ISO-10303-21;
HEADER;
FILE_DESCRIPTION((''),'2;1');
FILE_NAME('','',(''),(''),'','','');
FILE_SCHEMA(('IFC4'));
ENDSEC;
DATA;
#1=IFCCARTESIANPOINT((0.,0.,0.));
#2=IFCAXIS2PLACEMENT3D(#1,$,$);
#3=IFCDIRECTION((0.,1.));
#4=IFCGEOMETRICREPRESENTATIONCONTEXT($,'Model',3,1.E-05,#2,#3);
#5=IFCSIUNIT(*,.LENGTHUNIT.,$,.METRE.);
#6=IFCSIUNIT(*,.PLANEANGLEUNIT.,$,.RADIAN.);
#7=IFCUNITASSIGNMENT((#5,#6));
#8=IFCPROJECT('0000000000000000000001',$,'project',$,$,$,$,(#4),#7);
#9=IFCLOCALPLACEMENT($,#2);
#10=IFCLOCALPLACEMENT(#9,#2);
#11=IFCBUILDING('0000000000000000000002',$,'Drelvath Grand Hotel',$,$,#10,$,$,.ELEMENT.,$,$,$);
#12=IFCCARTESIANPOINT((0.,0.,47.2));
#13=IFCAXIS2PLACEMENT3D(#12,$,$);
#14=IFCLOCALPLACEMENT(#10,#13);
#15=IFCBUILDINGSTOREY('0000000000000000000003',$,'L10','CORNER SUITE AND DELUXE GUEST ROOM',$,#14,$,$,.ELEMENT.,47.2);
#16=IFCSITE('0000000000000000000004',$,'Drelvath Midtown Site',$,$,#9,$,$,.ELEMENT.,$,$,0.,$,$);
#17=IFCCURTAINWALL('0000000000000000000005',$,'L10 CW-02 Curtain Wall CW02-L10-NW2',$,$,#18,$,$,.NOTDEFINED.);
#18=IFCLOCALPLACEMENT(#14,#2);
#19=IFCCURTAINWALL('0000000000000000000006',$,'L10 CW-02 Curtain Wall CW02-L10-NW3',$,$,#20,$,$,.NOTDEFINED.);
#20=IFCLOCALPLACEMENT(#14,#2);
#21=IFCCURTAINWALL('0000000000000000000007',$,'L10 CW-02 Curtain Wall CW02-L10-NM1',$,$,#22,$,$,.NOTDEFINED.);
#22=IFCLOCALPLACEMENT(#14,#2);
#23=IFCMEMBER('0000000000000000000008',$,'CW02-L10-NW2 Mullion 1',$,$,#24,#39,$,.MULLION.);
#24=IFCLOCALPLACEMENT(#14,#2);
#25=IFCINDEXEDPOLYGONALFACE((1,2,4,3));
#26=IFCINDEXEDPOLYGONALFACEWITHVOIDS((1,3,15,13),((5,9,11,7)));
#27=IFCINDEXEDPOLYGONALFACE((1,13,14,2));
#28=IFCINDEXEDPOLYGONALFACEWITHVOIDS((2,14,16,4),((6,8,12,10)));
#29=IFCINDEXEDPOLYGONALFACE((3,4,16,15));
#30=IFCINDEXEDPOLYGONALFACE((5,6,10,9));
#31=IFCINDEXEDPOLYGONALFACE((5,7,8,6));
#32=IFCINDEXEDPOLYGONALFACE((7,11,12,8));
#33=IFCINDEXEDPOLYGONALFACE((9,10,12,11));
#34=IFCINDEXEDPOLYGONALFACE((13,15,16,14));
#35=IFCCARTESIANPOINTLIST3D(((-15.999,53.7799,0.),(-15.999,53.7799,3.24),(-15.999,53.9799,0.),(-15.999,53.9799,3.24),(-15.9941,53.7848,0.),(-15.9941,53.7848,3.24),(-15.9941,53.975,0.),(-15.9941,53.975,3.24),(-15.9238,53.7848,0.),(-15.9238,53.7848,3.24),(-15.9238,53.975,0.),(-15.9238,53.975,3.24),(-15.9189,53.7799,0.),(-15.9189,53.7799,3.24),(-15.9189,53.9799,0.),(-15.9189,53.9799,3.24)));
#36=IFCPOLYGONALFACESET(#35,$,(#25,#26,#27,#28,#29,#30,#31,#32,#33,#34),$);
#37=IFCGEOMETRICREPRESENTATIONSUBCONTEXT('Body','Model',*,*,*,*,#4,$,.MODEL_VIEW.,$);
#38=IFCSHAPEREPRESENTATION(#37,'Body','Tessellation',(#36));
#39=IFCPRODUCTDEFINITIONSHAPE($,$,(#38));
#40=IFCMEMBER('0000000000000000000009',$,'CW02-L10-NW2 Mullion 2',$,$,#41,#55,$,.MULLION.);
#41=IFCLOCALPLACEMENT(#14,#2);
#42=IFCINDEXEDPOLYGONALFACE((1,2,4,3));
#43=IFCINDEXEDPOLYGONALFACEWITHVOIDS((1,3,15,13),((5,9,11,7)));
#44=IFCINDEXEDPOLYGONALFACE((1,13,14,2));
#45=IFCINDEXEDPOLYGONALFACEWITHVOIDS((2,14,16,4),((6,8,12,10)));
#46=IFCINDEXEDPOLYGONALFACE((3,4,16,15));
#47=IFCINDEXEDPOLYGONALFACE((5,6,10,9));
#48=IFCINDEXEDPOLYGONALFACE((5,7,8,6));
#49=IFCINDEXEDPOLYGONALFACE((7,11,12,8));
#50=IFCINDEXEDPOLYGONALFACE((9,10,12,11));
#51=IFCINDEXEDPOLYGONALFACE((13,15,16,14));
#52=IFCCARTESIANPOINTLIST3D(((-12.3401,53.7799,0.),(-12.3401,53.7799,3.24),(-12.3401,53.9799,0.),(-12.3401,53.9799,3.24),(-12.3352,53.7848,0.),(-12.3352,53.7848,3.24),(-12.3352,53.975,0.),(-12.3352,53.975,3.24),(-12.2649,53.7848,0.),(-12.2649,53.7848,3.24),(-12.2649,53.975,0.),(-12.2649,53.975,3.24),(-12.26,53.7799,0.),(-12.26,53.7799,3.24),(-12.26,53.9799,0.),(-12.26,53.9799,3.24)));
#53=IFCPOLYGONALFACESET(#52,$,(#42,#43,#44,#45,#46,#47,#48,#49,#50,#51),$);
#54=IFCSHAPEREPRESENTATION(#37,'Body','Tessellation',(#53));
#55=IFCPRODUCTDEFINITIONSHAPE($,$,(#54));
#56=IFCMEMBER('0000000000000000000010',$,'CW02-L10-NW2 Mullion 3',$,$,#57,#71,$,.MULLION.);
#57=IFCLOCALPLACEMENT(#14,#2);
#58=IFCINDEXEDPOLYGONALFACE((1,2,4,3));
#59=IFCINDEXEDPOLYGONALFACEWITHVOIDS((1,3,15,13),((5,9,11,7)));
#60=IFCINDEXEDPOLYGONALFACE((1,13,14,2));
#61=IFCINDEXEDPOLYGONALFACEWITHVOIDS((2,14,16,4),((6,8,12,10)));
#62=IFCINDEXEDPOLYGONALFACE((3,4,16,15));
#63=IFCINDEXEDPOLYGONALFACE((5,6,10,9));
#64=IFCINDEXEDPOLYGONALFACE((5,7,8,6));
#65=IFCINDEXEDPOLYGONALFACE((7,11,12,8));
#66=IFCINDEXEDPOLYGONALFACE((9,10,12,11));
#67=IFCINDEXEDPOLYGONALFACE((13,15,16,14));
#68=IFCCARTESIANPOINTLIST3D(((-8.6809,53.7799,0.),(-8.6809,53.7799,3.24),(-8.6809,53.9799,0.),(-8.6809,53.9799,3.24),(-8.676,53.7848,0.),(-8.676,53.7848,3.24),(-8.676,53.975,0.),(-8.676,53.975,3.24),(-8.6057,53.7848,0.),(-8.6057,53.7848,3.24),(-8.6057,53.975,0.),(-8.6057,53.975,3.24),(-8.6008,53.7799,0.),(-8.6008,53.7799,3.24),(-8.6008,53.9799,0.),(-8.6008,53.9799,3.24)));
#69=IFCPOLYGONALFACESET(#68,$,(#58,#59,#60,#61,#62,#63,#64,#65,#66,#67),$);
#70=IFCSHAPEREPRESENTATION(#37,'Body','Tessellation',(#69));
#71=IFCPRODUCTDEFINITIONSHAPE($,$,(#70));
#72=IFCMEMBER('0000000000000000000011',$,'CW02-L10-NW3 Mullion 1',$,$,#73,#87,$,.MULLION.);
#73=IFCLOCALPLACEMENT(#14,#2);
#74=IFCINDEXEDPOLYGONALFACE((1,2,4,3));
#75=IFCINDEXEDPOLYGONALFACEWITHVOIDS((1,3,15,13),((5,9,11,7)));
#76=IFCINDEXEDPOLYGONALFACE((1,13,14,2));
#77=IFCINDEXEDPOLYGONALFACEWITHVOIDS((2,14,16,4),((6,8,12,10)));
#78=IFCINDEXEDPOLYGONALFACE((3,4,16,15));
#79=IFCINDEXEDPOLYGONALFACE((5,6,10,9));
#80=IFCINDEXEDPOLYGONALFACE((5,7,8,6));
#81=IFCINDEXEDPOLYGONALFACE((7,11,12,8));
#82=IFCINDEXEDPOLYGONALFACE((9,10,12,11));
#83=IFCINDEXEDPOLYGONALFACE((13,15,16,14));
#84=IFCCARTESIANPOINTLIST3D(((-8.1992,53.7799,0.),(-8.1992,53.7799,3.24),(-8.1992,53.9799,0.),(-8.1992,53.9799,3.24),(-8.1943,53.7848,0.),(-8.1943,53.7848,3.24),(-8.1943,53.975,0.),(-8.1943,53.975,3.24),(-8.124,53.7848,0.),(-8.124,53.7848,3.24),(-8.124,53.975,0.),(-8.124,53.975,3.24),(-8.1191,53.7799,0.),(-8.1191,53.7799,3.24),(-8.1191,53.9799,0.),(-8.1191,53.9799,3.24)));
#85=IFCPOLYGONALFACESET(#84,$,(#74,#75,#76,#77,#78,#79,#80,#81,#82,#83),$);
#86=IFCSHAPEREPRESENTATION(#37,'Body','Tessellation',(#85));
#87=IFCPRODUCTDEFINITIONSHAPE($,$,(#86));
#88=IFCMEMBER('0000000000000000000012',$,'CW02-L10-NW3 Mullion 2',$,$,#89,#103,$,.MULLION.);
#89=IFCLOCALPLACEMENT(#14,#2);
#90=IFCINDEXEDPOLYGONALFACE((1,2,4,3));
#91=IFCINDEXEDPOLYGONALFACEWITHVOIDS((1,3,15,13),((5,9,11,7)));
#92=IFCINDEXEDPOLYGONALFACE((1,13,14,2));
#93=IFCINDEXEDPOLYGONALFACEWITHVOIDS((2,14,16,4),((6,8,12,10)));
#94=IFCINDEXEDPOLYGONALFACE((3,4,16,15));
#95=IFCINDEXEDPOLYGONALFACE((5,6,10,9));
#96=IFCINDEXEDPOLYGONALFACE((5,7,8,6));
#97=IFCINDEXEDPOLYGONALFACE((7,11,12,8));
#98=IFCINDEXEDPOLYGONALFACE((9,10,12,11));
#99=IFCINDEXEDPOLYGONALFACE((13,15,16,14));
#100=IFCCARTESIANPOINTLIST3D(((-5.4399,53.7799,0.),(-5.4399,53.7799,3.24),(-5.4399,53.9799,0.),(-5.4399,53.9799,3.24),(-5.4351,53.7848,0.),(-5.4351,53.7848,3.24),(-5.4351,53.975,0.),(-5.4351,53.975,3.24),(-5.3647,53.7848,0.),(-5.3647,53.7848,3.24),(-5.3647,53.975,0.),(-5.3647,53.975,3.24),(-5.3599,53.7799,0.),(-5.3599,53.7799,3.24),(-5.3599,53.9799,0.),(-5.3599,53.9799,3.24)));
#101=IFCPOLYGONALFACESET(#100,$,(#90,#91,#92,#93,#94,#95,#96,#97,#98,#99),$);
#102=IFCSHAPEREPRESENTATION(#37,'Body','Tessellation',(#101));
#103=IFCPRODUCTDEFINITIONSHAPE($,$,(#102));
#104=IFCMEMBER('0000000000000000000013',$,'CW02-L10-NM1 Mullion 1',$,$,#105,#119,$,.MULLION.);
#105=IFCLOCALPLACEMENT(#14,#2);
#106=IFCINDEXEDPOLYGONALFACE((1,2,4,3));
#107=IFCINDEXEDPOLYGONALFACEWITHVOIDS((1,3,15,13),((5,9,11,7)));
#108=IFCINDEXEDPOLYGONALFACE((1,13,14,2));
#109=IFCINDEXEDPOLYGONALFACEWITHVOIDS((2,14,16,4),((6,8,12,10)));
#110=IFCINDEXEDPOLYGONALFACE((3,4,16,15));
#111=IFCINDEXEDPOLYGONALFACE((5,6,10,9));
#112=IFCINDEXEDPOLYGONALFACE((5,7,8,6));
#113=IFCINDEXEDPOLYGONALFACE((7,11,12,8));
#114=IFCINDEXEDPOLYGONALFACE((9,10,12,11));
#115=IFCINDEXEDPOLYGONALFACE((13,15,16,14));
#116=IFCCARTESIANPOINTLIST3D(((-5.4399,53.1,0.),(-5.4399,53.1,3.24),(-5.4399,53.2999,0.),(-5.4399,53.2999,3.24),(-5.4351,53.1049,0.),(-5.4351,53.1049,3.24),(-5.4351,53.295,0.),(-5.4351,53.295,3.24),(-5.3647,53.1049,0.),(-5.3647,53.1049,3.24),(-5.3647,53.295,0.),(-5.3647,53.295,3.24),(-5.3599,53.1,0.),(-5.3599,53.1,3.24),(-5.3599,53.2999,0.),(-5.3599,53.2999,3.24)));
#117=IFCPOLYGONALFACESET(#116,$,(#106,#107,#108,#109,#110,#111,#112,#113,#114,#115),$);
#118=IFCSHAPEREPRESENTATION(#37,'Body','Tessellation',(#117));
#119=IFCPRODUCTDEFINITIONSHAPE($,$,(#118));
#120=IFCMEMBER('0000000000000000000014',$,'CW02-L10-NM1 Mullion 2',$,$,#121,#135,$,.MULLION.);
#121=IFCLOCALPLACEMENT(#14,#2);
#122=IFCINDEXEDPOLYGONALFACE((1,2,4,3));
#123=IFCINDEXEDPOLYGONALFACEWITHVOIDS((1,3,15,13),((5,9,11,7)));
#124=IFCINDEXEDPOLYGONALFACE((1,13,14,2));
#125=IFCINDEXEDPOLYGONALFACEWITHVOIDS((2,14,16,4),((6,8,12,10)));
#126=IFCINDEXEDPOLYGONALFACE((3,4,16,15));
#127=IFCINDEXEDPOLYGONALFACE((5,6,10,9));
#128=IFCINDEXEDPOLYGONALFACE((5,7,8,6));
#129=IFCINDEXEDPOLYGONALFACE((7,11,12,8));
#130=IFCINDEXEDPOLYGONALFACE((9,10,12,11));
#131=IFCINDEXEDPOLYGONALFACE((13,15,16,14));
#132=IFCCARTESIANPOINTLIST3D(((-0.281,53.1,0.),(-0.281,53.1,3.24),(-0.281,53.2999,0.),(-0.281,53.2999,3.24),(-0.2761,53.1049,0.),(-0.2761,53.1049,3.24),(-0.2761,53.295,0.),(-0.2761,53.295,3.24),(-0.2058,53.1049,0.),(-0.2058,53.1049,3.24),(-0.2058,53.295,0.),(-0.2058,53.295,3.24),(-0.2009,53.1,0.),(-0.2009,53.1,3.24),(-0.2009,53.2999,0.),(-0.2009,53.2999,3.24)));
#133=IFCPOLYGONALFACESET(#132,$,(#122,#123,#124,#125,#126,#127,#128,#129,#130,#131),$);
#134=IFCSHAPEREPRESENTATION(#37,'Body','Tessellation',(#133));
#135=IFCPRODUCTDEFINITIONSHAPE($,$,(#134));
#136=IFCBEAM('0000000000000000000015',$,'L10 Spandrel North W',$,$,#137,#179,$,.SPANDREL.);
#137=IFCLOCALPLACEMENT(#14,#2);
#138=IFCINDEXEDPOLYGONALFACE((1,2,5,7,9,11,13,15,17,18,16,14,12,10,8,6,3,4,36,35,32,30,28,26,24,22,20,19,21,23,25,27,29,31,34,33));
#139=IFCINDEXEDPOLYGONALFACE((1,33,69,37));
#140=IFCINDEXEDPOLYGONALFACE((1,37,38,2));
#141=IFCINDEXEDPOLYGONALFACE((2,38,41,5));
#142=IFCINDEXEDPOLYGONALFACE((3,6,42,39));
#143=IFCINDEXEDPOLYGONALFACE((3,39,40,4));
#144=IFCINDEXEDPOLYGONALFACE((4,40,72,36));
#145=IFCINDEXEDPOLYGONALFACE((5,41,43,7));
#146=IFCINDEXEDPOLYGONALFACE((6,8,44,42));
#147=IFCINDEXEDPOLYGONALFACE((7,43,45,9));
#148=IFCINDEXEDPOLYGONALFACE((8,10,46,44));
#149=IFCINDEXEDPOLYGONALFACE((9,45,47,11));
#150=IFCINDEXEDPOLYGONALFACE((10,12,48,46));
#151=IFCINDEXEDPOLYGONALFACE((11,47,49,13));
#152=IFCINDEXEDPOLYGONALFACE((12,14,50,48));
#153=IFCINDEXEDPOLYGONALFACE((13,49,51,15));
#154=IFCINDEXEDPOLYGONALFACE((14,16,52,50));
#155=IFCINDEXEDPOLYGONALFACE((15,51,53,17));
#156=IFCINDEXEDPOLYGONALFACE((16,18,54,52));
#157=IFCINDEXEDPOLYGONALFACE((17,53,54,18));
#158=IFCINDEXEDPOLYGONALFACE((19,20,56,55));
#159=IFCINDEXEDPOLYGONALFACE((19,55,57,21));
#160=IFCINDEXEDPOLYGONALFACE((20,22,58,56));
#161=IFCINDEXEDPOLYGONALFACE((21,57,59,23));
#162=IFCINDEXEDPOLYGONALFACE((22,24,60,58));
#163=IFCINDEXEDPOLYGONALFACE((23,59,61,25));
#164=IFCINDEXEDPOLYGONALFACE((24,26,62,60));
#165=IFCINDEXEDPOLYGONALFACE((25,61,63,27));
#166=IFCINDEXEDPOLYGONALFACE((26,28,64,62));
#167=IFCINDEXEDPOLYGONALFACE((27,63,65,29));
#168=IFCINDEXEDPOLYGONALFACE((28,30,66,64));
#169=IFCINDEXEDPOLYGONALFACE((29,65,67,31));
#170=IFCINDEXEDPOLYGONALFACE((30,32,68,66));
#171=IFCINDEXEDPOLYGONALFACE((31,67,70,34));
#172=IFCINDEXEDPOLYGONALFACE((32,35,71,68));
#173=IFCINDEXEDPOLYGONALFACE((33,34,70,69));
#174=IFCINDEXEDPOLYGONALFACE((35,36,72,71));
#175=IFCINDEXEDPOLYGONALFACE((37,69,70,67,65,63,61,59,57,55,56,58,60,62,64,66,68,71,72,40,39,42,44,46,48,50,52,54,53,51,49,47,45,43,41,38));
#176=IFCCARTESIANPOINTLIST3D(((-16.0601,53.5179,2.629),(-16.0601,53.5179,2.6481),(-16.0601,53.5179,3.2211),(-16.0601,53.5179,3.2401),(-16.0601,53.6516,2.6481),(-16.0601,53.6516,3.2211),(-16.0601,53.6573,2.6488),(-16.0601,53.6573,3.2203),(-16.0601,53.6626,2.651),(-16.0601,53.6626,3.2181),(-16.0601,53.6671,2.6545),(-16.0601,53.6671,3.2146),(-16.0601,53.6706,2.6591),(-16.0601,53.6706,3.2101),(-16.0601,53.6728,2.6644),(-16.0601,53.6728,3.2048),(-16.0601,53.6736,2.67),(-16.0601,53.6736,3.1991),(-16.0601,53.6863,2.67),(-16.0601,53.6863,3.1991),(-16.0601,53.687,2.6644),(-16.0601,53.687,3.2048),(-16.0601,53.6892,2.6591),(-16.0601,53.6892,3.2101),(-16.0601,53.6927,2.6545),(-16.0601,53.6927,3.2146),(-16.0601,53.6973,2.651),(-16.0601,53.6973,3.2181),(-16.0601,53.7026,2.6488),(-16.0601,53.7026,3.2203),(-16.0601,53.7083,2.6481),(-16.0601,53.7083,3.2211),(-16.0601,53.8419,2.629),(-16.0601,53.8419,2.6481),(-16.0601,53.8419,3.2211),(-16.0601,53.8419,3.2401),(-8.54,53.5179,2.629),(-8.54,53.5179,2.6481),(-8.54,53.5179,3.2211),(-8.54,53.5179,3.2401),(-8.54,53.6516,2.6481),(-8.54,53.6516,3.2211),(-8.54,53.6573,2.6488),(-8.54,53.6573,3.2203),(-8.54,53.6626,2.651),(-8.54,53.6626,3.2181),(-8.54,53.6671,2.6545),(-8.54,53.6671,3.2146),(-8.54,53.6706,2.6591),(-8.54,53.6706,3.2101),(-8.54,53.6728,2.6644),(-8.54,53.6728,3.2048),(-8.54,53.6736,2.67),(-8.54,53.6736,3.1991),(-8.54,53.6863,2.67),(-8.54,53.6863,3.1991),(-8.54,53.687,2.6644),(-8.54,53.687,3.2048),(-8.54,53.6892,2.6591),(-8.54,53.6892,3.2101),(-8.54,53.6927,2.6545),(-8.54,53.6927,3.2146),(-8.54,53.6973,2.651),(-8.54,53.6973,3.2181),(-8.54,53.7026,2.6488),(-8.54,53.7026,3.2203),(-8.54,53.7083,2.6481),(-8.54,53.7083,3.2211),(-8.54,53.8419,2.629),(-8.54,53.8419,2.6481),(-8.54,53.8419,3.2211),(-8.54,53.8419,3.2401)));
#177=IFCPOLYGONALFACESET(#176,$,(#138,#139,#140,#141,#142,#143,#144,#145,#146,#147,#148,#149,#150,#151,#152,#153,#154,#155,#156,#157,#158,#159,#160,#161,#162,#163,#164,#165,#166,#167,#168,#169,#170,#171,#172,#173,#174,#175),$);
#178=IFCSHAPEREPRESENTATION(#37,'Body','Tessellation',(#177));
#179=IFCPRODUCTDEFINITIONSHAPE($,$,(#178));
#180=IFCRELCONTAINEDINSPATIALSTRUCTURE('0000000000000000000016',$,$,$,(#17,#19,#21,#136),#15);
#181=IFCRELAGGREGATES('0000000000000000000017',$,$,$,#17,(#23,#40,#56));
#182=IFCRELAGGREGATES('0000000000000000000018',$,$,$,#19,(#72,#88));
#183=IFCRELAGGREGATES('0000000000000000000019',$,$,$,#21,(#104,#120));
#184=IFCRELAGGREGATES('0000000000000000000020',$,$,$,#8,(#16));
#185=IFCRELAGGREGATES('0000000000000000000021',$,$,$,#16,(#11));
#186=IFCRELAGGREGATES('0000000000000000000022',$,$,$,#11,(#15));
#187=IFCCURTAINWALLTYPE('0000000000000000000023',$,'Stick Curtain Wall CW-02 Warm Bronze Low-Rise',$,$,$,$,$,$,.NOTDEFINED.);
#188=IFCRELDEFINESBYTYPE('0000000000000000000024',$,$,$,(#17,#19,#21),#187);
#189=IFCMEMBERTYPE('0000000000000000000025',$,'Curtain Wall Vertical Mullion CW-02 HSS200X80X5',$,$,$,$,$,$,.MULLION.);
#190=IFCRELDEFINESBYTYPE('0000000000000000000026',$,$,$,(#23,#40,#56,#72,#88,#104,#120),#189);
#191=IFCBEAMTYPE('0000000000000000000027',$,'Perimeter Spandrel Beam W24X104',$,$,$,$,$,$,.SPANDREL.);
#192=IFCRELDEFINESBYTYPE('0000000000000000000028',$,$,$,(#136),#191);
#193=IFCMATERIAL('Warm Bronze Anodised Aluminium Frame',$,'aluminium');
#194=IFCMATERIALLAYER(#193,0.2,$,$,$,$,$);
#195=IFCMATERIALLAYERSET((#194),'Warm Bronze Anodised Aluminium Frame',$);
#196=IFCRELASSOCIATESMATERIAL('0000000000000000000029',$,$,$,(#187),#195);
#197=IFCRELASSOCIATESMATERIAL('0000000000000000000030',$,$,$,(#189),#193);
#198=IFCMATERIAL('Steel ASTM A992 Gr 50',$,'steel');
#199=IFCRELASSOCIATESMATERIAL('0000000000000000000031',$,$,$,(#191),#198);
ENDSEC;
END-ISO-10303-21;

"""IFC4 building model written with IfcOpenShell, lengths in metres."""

from ifc_helpers import new_model, si_unit, direction, frame, origin, origin_2d, place, context, subcontext, project, spatial, hollow_rectangle, i_section, extrude, material, layer, layer_set, material_profile, profile_set, type_object, element, aggregate, save


model = new_model("IFC4")

# Units and contexts
model_context = context("Model", 3, precision=1e-05, world=origin(), true_north=direction((0.0, 1.0)))
body_context = subcontext(model_context, "Body", "Model", "MODEL_VIEW")
ifc_project = project(units=[si_unit("LENGTHUNIT", "METRE"), si_unit("PLANEANGLEUNIT", "RADIAN")], contexts=[model_context])

# Site, building, storey
site_placement = place(None, origin())
site = spatial("IfcSite", under=ifc_project, at=site_placement, Name="Drelvath Midtown Site", CompositionType="ELEMENT", RefElevation=0.0)
building_placement = place(site_placement, origin())
building = spatial("IfcBuilding", under=site, at=building_placement, Name="Drelvath Grand Hotel", CompositionType="ELEMENT")
storey_placement = place(building_placement, frame((0.0, 0.0, 47.2)))
storey = spatial("IfcBuildingStorey", under=building, at=storey_placement, Name="L10", Description="CORNER SUITE AND DELUXE GUEST ROOM", CompositionType="ELEMENT", Elevation=47.2)

# Curtain walls
ifc_material_1 = material(Name="Warm Bronze Anodised Aluminium Frame", Category="aluminium")
ifc_layer_1 = layer(ifc_material_1, 0.2)
ifc_layer_set_1 = layer_set([ifc_layer_1], Name="Warm Bronze Anodised Aluminium Frame")
curtain_wall_type = type_object("IfcCurtainWallType", Name="Stick Curtain Wall CW-02 Warm Bronze Low-Rise", PredefinedType="NOTDEFINED", material=ifc_layer_set_1)
curtain_wall_1_placement = place(storey_placement, origin())
curtain_wall_1 = element("IfcCurtainWall", 1, at=curtain_wall_1_placement, inside=storey, type_object=curtain_wall_type, Name="L10 CW-02 Curtain Wall CW02-L10-NW2", PredefinedType="NOTDEFINED")
curtain_wall_2_placement = place(storey_placement, origin())
curtain_wall_2 = element("IfcCurtainWall", 2, at=curtain_wall_2_placement, inside=storey, type_object=curtain_wall_type, Name="L10 CW-02 Curtain Wall CW02-L10-NW3", PredefinedType="NOTDEFINED")
curtain_wall_3_placement = place(storey_placement, origin())
curtain_wall_3 = element("IfcCurtainWall", 3, at=curtain_wall_3_placement, inside=storey, type_object=curtain_wall_type, Name="L10 CW-02 Curtain Wall CW02-L10-NM1", PredefinedType="NOTDEFINED")

# Members
ifc_material_profile_1 = material_profile(ifc_material_1, hollow_rectangle(XDim=0.0801, YDim=0.2, WallThickness=0.0049, at=origin_2d()), Name="HSS200X80X5")
ifc_profile_set_1 = profile_set([ifc_material_profile_1], Name="Warm Bronze Anodised Aluminium Frame")
member_type_1 = type_object("IfcMemberType", Name="Curtain Wall Vertical Mullion CW-02 HSS200X80X5", PredefinedType="MULLION", material=ifc_profile_set_1)
member_1_placement = place(storey_placement, frame((-15.959, 53.8799, 0.0), z_axis=(0.0, 0.0, 1.0), x_axis=(1.0, 0.0, 0.0)))
member_1 = element("IfcMember", 4, at=member_1_placement, type_object=member_type_1, Name="CW02-L10-NW2 Mullion 1", PredefinedType="MULLION", context=body_context, shape_type="SweptSolid", body=[
    extrude(hollow_rectangle(XDim=0.0801, YDim=0.2, WallThickness=0.0049, at=origin_2d()), origin(), (0.0, 0.0, 1.0), 3.24),
])
member_2_placement = place(storey_placement, frame((-12.3, 53.8799, 0.0), z_axis=(0.0, 0.0, 1.0), x_axis=(1.0, 0.0, 0.0)))
member_2 = element("IfcMember", 5, at=member_2_placement, type_object=member_type_1, Name="CW02-L10-NW2 Mullion 2", PredefinedType="MULLION", context=body_context, shape_type="SweptSolid", body=[
    extrude(hollow_rectangle(XDim=0.0801, YDim=0.2, WallThickness=0.0049, at=origin_2d()), origin(), (0.0, 0.0, 1.0), 3.24),
])
member_3_placement = place(storey_placement, frame((-8.6409, 53.8799, 0.0), z_axis=(0.0, 0.0, 1.0), x_axis=(1.0, 0.0, 0.0)))
member_3 = element("IfcMember", 6, at=member_3_placement, type_object=member_type_1, Name="CW02-L10-NW2 Mullion 3", PredefinedType="MULLION", context=body_context, shape_type="SweptSolid", body=[
    extrude(hollow_rectangle(XDim=0.0801, YDim=0.2, WallThickness=0.0049, at=origin_2d()), origin(), (0.0, 0.0, 1.0), 3.24),
])
member_4_placement = place(storey_placement, frame((-8.1592, 53.8799, 0.0), z_axis=(0.0, 0.0, 1.0), x_axis=(1.0, 0.0, 0.0)))
member_4 = element("IfcMember", 7, at=member_4_placement, type_object=member_type_1, Name="CW02-L10-NW3 Mullion 1", PredefinedType="MULLION", context=body_context, shape_type="SweptSolid", body=[
    extrude(hollow_rectangle(XDim=0.0801, YDim=0.2, WallThickness=0.0049, at=origin_2d()), origin(), (0.0, 0.0, 1.0), 3.24),
])
member_5_placement = place(storey_placement, frame((-5.3999, 53.8799, 0.0), z_axis=(0.0, 0.0, 1.0), x_axis=(1.0, 0.0, 0.0)))
member_5 = element("IfcMember", 8, at=member_5_placement, type_object=member_type_1, Name="CW02-L10-NW3 Mullion 2", PredefinedType="MULLION", context=body_context, shape_type="SweptSolid", body=[
    extrude(hollow_rectangle(XDim=0.0801, YDim=0.2, WallThickness=0.0049, at=origin_2d()), origin(), (0.0, 0.0, 1.0), 3.24),
])
member_6_placement = place(storey_placement, frame((-5.3999, 53.2, 0.0), z_axis=(0.0, 0.0, 1.0), x_axis=(1.0, 0.0, 0.0)))
member_6 = element("IfcMember", 9, at=member_6_placement, type_object=member_type_1, Name="CW02-L10-NM1 Mullion 1", PredefinedType="MULLION", context=body_context, shape_type="SweptSolid", body=[
    extrude(hollow_rectangle(XDim=0.0801, YDim=0.2, WallThickness=0.0049, at=origin_2d()), origin(), (0.0, 0.0, 1.0), 3.24),
])
member_7_placement = place(storey_placement, frame((-0.241, 53.2, 0.0), z_axis=(0.0, 0.0, 1.0), x_axis=(1.0, 0.0, 0.0)))
member_7 = element("IfcMember", 10, at=member_7_placement, type_object=member_type_1, Name="CW02-L10-NM1 Mullion 2", PredefinedType="MULLION", context=body_context, shape_type="SweptSolid", body=[
    extrude(hollow_rectangle(XDim=0.0801, YDim=0.2, WallThickness=0.0049, at=origin_2d()), origin(), (0.0, 0.0, 1.0), 3.24),
])

# Beam
ifc_material_2 = material(Name="Steel ASTM A992 Gr 50", Category="steel")
ifc_material_profile_2 = material_profile(ifc_material_2, i_section(OverallWidth=0.324, OverallDepth=0.6111, WebThickness=0.0127, FlangeThickness=0.019, FilletRadius=0.022, at=origin_2d()), Name="W24X104")
ifc_profile_set_2 = profile_set([ifc_material_profile_2], Name="Steel ASTM A992 Gr 50")
beam_type_1 = type_object("IfcBeamType", Name="Perimeter Spandrel Beam W24X104", PredefinedType="SPANDREL", material=ifc_profile_set_2)
beam_1_placement = place(storey_placement, frame((-16.0601, 53.6799, 2.9346), z_axis=(1.0, 0.0, 0.0), x_axis=(0.0, 1.0, 0.0)))
element("IfcBeam", 11, at=beam_1_placement, inside=storey, type_object=beam_type_1, Name="L10 Spandrel North W", PredefinedType="SPANDREL", context=body_context, shape_type="SweptSolid", body=[
    extrude(i_section(OverallWidth=0.324, OverallDepth=0.6111, WebThickness=0.0127, FlangeThickness=0.019, FilletRadius=0.022, at=origin_2d()), origin(), (0.0, 0.0, 1.0), 7.52),
])

aggregate(curtain_wall_1, [member_1, member_2, member_3])
aggregate(curtain_wall_2, [member_4, member_5])
aggregate(curtain_wall_3, [member_6, member_7])

save(model, "model.ifc")
